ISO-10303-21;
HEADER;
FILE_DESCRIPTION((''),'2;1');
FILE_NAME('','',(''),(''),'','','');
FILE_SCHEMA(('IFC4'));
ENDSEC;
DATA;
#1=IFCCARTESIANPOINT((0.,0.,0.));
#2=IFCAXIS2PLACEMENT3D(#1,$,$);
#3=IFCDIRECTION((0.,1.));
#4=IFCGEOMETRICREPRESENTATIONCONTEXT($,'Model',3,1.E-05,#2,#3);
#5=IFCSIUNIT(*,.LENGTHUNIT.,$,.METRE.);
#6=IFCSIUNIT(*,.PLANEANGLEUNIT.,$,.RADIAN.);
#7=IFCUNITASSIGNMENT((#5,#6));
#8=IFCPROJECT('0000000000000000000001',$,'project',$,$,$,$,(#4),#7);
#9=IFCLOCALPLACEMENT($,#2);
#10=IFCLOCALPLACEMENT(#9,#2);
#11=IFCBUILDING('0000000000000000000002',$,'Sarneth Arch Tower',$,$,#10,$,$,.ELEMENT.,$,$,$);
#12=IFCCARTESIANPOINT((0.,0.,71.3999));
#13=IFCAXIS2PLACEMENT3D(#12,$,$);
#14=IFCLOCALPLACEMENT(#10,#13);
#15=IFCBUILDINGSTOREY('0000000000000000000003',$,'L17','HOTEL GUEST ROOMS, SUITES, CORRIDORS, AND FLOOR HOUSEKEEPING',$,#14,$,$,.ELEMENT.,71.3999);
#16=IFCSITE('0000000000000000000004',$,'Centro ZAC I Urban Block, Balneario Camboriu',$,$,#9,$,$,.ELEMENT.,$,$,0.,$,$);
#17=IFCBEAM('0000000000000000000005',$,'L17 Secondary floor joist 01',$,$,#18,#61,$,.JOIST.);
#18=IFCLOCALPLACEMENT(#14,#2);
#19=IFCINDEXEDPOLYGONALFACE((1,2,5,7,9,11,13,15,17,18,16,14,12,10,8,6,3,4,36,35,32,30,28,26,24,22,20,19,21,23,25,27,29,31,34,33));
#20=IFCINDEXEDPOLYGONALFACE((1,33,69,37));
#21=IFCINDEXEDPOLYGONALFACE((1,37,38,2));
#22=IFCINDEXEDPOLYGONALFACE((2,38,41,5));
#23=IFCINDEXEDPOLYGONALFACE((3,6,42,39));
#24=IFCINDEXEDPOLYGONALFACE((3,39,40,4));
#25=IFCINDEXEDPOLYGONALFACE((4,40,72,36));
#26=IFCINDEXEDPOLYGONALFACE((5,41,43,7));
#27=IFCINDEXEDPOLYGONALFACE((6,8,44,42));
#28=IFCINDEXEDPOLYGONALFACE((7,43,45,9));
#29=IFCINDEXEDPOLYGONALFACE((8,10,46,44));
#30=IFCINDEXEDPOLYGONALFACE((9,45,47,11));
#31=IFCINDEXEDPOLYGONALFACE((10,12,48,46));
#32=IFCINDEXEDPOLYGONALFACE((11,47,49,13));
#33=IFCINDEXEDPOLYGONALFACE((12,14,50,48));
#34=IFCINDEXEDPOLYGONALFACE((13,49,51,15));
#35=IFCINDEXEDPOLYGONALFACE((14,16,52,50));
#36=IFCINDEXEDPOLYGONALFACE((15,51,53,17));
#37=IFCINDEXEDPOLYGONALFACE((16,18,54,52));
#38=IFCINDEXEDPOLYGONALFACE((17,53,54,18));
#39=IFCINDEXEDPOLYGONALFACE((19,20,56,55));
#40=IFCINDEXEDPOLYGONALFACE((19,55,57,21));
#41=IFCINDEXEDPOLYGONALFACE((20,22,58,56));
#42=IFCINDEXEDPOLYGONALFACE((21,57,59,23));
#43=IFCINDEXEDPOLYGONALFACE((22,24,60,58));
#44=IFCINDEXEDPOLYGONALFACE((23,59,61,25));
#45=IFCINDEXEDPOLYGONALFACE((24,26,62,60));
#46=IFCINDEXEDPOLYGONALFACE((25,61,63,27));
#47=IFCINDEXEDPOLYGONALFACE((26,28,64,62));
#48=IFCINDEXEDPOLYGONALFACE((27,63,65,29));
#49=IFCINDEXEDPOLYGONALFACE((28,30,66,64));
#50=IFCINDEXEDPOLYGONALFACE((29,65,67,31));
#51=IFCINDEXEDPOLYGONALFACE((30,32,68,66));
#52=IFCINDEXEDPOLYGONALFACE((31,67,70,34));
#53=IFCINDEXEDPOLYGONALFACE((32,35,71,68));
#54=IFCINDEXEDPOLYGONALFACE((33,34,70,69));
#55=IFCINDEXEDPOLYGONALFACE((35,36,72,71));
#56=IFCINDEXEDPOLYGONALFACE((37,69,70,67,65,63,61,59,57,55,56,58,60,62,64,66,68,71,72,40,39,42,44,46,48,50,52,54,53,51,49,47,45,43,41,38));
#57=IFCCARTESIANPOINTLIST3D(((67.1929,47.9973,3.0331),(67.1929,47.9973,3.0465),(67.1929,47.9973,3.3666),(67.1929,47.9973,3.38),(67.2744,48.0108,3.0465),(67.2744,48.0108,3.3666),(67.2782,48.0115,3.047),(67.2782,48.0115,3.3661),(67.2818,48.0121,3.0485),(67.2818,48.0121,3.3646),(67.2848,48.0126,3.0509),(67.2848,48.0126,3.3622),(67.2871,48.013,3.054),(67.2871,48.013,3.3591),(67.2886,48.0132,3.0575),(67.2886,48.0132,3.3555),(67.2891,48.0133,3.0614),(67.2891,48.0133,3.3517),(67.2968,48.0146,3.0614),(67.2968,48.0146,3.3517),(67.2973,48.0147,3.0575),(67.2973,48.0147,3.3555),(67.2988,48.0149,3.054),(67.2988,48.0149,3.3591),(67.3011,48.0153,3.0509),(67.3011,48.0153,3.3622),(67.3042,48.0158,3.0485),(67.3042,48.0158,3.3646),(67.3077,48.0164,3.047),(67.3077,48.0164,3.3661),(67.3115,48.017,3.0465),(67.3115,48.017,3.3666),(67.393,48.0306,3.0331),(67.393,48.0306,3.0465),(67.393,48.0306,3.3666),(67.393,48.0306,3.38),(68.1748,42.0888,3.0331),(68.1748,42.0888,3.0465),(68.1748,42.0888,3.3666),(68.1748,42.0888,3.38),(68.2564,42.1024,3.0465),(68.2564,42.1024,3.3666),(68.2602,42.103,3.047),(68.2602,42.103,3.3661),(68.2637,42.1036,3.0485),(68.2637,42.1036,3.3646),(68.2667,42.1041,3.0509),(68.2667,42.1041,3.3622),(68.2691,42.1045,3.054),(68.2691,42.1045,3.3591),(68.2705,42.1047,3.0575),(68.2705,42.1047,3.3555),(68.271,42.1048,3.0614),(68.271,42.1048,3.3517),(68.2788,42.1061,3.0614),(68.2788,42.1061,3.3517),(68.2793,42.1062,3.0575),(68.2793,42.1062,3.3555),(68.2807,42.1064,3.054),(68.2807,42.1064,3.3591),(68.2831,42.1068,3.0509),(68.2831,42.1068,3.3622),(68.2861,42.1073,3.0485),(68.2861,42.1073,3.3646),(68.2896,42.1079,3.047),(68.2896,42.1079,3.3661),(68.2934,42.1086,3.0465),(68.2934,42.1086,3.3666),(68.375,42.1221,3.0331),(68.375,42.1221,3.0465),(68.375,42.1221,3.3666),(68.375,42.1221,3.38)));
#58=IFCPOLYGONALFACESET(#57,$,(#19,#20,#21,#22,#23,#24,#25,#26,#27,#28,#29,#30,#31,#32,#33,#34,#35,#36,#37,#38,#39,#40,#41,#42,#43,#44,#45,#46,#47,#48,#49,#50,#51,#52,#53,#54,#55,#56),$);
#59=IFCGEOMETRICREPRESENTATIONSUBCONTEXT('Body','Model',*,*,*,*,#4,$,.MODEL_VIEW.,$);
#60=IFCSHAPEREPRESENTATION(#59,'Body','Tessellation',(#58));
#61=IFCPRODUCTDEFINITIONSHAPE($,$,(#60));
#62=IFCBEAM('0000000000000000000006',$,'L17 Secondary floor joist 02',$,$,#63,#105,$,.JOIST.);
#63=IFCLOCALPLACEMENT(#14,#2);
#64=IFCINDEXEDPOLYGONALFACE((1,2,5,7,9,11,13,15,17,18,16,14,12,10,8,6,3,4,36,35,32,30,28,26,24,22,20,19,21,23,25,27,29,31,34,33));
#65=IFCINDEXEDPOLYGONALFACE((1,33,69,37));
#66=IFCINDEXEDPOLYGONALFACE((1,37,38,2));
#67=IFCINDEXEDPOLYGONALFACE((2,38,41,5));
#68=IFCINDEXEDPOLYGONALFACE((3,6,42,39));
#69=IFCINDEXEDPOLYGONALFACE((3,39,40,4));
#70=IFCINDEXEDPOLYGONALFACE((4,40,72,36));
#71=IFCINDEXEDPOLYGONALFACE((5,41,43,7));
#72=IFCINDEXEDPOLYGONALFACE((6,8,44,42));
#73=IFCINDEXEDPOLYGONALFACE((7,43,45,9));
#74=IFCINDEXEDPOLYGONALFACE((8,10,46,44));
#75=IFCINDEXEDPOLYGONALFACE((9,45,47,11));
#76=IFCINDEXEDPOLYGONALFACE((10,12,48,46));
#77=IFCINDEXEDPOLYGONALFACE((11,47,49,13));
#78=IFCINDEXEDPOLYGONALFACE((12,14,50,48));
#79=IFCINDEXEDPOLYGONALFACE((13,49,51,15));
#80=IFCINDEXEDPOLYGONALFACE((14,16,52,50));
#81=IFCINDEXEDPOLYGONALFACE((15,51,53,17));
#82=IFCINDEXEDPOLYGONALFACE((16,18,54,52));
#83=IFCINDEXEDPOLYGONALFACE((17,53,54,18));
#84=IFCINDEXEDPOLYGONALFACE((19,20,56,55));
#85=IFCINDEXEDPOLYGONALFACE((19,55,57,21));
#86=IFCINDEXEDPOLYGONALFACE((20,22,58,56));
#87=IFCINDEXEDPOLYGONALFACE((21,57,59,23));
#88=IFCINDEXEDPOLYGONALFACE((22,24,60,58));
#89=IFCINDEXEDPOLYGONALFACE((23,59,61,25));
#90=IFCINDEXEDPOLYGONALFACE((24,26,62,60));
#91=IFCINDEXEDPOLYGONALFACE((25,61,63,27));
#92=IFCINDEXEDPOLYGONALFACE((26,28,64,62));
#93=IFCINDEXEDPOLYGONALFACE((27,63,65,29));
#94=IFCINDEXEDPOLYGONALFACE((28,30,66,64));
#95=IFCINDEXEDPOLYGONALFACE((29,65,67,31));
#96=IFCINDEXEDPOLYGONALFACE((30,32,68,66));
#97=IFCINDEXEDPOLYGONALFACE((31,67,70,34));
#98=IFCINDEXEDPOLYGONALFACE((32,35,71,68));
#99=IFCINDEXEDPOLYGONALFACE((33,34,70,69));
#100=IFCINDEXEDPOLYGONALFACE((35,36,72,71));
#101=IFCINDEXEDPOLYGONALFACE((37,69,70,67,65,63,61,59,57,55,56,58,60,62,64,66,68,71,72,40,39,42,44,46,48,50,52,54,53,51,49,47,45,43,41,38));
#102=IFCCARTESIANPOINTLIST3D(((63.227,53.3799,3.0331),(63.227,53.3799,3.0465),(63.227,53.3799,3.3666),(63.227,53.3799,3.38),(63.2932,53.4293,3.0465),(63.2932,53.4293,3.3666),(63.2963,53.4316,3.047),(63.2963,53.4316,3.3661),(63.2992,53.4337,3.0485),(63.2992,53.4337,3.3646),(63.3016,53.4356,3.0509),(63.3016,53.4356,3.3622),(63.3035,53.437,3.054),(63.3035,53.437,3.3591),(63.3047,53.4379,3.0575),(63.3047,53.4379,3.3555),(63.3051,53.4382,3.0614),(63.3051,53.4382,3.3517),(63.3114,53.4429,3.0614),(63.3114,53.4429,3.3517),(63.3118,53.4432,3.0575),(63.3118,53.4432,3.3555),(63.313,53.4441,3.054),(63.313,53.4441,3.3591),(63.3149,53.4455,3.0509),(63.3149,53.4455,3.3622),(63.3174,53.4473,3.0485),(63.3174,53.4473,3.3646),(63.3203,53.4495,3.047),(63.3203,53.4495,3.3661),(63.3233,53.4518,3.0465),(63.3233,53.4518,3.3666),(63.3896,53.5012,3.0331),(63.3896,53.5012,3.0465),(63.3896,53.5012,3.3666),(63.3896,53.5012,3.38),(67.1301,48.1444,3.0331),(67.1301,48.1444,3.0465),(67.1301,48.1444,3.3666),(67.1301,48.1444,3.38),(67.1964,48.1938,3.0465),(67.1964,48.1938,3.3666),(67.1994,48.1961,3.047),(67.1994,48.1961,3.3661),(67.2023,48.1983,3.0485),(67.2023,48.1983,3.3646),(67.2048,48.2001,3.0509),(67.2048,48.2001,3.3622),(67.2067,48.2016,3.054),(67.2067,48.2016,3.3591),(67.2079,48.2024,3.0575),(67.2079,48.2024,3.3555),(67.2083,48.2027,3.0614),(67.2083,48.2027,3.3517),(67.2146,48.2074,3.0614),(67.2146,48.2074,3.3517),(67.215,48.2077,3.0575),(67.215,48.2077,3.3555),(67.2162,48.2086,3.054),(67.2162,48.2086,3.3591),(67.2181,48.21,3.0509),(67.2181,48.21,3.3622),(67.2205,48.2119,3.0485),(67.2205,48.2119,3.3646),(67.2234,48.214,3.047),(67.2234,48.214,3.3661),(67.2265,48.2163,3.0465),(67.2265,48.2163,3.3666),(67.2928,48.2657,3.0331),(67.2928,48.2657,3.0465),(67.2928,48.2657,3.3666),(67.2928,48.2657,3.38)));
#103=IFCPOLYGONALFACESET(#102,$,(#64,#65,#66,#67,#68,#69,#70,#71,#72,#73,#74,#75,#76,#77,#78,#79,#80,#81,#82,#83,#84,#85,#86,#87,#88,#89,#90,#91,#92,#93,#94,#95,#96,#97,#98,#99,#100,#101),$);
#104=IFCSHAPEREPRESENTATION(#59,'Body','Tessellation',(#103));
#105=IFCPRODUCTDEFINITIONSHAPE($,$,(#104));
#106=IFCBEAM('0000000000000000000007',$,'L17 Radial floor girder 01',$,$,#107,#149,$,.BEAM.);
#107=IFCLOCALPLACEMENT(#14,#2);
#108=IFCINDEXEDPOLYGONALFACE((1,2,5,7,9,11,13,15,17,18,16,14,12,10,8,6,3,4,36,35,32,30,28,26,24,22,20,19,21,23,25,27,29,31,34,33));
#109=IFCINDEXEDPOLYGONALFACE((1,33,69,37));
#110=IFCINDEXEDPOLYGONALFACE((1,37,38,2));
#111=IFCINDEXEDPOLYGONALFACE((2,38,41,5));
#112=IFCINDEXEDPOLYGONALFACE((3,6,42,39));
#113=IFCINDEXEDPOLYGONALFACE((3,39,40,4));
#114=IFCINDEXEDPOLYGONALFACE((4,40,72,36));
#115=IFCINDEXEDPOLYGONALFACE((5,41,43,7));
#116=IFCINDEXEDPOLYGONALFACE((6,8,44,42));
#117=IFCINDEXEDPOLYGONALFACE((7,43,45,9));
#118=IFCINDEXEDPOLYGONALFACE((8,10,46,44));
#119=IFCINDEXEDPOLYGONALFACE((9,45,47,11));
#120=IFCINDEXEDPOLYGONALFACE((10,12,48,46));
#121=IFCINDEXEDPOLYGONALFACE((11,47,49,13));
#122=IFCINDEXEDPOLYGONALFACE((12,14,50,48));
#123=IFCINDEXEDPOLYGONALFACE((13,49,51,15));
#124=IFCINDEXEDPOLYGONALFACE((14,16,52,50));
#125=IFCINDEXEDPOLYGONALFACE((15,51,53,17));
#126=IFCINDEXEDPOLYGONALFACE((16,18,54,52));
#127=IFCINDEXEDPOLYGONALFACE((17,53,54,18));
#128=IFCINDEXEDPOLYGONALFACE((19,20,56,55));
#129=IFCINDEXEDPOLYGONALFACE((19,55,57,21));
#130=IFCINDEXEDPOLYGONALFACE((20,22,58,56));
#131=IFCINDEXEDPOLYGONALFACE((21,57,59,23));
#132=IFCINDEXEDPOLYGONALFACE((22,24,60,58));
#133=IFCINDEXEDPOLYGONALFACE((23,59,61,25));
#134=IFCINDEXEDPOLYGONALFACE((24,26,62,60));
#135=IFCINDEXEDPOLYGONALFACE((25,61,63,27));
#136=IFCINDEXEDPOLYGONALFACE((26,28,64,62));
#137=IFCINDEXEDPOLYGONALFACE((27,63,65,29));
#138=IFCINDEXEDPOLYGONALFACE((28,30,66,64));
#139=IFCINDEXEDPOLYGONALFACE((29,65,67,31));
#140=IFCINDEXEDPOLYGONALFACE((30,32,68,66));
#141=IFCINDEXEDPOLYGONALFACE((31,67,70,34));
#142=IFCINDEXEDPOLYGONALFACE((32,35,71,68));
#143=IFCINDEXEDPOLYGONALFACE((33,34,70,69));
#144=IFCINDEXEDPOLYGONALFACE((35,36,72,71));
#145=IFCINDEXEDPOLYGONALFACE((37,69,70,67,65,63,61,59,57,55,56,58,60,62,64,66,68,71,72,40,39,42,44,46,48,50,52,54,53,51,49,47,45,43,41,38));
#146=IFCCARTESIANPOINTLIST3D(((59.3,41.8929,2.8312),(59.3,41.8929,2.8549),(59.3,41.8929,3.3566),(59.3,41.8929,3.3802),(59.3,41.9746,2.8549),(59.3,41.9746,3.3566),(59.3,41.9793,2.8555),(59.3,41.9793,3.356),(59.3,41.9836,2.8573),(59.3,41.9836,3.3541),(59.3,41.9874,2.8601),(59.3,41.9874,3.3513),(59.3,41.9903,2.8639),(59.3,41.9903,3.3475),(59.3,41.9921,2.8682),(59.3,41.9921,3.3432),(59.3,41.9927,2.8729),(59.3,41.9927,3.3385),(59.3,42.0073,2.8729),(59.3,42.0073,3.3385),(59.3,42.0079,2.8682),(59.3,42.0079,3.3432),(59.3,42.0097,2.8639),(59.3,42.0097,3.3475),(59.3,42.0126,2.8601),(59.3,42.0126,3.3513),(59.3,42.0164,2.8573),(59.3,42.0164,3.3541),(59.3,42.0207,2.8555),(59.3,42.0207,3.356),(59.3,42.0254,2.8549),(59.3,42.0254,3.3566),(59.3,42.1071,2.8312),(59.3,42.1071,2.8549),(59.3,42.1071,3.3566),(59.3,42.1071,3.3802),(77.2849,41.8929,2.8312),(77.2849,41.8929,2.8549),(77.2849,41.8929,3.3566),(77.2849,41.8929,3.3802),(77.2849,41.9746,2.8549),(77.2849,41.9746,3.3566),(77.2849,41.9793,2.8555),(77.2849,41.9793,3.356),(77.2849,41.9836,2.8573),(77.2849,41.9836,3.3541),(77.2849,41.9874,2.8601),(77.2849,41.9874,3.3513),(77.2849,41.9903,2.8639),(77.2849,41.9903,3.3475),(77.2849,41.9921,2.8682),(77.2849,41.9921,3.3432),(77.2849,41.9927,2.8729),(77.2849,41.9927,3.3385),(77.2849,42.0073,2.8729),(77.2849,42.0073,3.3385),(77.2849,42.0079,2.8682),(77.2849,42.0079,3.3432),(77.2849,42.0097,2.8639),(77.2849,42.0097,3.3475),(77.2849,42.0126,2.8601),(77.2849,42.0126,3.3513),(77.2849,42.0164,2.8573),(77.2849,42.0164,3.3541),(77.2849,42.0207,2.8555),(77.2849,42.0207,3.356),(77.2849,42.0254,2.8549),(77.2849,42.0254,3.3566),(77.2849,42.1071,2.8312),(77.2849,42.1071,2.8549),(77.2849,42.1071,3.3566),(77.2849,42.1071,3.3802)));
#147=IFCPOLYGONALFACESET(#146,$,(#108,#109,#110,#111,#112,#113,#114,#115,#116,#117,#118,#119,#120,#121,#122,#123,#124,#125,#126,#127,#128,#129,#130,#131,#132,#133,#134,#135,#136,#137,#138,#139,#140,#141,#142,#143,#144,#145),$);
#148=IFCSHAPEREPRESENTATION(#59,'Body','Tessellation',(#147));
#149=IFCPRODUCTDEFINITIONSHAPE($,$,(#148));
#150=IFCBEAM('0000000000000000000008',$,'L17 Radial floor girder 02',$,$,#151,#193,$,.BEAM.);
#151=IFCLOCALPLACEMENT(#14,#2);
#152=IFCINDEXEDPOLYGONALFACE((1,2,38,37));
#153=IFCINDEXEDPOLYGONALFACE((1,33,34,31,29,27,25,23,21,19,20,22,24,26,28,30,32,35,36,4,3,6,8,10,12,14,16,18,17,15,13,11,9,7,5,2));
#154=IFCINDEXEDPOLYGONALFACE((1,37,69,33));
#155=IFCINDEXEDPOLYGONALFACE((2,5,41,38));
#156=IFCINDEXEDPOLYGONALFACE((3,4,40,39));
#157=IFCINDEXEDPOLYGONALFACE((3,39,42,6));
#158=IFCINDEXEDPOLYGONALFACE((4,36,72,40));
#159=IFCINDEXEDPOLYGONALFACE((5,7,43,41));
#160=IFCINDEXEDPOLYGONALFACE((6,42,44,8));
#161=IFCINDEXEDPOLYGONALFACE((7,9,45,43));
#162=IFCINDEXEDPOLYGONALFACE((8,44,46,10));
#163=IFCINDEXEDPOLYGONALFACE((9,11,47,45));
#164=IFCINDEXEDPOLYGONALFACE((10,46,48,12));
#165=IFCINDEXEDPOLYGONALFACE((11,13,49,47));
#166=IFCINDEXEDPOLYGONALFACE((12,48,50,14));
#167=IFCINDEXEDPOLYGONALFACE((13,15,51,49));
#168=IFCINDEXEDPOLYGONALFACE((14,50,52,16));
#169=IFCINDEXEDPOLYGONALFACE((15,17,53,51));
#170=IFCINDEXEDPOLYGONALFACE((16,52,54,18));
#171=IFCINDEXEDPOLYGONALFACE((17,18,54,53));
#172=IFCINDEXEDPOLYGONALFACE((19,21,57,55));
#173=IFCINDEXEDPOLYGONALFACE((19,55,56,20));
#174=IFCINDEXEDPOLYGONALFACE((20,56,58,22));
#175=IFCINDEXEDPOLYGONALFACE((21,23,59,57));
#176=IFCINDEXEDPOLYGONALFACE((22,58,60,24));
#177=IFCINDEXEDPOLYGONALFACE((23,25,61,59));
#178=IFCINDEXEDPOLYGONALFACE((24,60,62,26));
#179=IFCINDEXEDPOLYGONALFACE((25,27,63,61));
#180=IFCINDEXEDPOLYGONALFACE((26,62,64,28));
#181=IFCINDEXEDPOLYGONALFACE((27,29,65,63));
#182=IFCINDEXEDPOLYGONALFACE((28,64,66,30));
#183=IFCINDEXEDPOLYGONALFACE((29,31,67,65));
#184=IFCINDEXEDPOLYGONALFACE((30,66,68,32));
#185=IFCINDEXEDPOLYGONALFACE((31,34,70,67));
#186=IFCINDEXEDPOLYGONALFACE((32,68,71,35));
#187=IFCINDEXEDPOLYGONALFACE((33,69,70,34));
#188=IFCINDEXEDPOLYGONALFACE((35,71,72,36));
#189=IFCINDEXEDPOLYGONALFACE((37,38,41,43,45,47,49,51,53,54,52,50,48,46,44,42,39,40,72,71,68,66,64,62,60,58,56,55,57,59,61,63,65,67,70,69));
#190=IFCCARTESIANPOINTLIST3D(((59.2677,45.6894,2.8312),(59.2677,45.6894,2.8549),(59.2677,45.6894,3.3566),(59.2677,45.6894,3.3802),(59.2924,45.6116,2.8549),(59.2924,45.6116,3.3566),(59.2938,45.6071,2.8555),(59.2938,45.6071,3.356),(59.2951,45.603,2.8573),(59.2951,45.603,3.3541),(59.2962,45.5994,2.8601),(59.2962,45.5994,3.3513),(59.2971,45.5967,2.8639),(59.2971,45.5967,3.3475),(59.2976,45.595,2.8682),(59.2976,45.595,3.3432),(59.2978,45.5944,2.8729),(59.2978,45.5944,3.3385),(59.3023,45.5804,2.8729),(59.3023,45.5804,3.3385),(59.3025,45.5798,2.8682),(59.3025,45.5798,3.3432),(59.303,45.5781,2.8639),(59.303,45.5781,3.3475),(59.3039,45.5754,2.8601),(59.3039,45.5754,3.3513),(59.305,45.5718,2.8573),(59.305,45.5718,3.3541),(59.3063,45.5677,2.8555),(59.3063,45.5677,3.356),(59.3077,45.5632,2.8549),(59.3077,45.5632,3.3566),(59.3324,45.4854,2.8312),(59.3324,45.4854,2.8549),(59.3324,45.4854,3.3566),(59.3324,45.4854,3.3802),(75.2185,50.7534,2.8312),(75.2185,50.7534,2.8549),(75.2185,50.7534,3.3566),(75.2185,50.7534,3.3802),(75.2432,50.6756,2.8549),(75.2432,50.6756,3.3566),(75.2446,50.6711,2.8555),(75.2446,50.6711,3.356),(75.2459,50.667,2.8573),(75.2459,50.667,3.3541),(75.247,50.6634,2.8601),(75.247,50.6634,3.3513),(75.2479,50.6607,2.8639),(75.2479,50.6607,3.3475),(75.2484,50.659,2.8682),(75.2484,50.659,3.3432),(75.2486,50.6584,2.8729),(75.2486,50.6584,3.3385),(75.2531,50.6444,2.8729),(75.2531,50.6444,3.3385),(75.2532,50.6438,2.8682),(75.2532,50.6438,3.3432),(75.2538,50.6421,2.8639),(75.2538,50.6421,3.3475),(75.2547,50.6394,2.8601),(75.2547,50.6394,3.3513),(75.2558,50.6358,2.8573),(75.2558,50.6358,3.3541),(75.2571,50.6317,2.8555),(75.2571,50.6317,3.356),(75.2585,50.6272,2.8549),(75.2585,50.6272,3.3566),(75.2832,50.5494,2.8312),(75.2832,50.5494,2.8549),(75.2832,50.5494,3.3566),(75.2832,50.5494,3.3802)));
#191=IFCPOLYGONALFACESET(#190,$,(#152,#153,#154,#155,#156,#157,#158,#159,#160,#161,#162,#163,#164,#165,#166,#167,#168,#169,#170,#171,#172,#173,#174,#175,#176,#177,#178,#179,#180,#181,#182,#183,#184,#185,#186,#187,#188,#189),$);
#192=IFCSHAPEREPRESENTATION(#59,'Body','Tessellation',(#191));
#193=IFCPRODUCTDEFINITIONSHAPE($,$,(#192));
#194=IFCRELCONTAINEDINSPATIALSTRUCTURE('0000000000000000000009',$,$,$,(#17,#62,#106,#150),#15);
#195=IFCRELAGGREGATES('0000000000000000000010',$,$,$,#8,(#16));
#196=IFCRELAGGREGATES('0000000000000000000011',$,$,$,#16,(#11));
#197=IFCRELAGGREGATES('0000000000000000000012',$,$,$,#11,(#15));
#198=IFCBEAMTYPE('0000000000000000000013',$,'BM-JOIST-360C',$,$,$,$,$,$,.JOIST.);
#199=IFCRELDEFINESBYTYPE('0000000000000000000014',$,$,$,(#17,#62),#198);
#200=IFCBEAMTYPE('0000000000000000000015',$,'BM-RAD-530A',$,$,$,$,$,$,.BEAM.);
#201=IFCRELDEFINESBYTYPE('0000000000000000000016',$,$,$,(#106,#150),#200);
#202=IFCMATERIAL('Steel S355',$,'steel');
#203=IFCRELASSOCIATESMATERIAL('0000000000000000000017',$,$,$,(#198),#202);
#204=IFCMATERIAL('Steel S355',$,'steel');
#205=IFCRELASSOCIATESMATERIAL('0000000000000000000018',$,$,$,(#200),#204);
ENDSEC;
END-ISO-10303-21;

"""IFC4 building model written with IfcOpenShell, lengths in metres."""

from ifc_helpers import new_model, si_unit, direction, frame, origin, origin_2d, place, context, subcontext, project, spatial, i_section, extrude, material, material_profile, profile_set, type_object, element, save


model = new_model("IFC4")

# Units and contexts
model_context = context("Model", 3, precision=1e-05, world=origin(), true_north=direction((0.0, 1.0)))
body_context = subcontext(model_context, "Body", "Model", "MODEL_VIEW")
ifc_project = project(units=[si_unit("LENGTHUNIT", "METRE"), si_unit("PLANEANGLEUNIT", "RADIAN")], contexts=[model_context])

# Site, building, storey
site_placement = place(None, origin())
site = spatial("IfcSite", under=ifc_project, at=site_placement, Name="Centro ZAC I Urban Block, Balneario Camboriu", CompositionType="ELEMENT", RefElevation=0.0)
building_placement = place(site_placement, origin())
building = spatial("IfcBuilding", under=site, at=building_placement, Name="Sarneth Arch Tower", CompositionType="ELEMENT")
storey_placement = place(building_placement, frame((0.0, 0.0, 71.3999)))
storey = spatial("IfcBuildingStorey", under=building, at=storey_placement, Name="L17", Description="HOTEL GUEST ROOMS, SUITES, CORRIDORS, AND FLOOR HOUSEKEEPING", CompositionType="ELEMENT", Elevation=71.3999)

# Beams
ifc_material_1 = material(Name="Steel S355", Category="steel")
ifc_material_profile_1 = material_profile(ifc_material_1, i_section(OverallWidth=0.2029, OverallDepth=0.3469, WebThickness=0.0078, FlangeThickness=0.0134, FilletRadius=0.0149, at=origin_2d()), Name="W360x64")
ifc_profile_set_1 = profile_set([ifc_material_profile_1], Name="Steel S355")
beam_type_1 = type_object("IfcBeamType", Name="BM-JOIST-360C", PredefinedType="JOIST", material=ifc_profile_set_1)
beam_1_placement = place(storey_placement, frame((68.2749, 42.1055, 3.2065), z_axis=(-0.163943, 0.98647, 0.0), x_axis=(-0.98647, -0.163943, 0.0)))
element("IfcBeam", 1, at=beam_1_placement, inside=storey, type_object=beam_type_1, Name="L17 Secondary floor joist 01", PredefinedType="JOIST", context=body_context, shape_type="SweptSolid", body=[
    extrude(i_section(OverallWidth=0.2029, OverallDepth=0.3469, WebThickness=0.0078, FlangeThickness=0.0134, FilletRadius=0.0149, at=origin_2d()), origin(), (0.0, 0.0, 1.0), 5.9895),
])
beam_2_placement = place(storey_placement, frame((67.2114, 48.2051, 3.2065), z_axis=(-0.5977, 0.801719, 0.0), x_axis=(-0.801719, -0.5977, 0.0)))
element("IfcBeam", 2, at=beam_2_placement, inside=storey, type_object=beam_type_1, Name="L17 Secondary floor joist 02", PredefinedType="JOIST", context=body_context, shape_type="SweptSolid", body=[
    extrude(i_section(OverallWidth=0.2029, OverallDepth=0.3469, WebThickness=0.0078, FlangeThickness=0.0134, FilletRadius=0.0149, at=origin_2d()), origin(), (0.0, 0.0, 1.0), 6.5303),
])
ifc_material_2 = material(Name="Steel S355", Category="steel")
ifc_material_profile_2 = material_profile(ifc_material_2, i_section(OverallWidth=0.2141, OverallDepth=0.5491, WebThickness=0.0146, FlangeThickness=0.0237, FilletRadius=0.0181, at=origin_2d()), Name="W530x138")
ifc_profile_set_2 = profile_set([ifc_material_profile_2], Name="Steel S355")
beam_type_2 = type_object("IfcBeamType", Name="BM-RAD-530A", PredefinedType="BEAM", material=ifc_profile_set_2)
beam_3_placement = place(storey_placement, frame((59.3, 42.0, 3.1057), z_axis=(1.0, 0.0, 0.0), x_axis=(0.0, 1.0, 0.0)))
element("IfcBeam", 3, at=beam_3_placement, inside=storey, type_object=beam_type_2, Name="L17 Radial floor girder 01", PredefinedType="BEAM", context=body_context, shape_type="SweptSolid", body=[
    extrude(i_section(OverallWidth=0.2141, OverallDepth=0.5491, WebThickness=0.0146, FlangeThickness=0.0237, FilletRadius=0.0181, at=origin_2d()), origin(), (0.0, 0.0, 1.0), 17.9849),
])
beam_4_placement = place(storey_placement, frame((59.3, 45.5874, 3.1057), z_axis=(0.95312, 0.302593, 0.0), x_axis=(-0.302593, 0.95312, 0.0)))
element("IfcBeam", 4, at=beam_4_placement, inside=storey, type_object=beam_type_2, Name="L17 Radial floor girder 02", PredefinedType="BEAM", context=body_context, shape_type="SweptSolid", body=[
    extrude(i_section(OverallWidth=0.2141, OverallDepth=0.5491, WebThickness=0.0146, FlangeThickness=0.0237, FilletRadius=0.0181, at=origin_2d()), origin(), (0.0, 0.0, 1.0), 16.7354),
])

save(model, "model.ifc")
